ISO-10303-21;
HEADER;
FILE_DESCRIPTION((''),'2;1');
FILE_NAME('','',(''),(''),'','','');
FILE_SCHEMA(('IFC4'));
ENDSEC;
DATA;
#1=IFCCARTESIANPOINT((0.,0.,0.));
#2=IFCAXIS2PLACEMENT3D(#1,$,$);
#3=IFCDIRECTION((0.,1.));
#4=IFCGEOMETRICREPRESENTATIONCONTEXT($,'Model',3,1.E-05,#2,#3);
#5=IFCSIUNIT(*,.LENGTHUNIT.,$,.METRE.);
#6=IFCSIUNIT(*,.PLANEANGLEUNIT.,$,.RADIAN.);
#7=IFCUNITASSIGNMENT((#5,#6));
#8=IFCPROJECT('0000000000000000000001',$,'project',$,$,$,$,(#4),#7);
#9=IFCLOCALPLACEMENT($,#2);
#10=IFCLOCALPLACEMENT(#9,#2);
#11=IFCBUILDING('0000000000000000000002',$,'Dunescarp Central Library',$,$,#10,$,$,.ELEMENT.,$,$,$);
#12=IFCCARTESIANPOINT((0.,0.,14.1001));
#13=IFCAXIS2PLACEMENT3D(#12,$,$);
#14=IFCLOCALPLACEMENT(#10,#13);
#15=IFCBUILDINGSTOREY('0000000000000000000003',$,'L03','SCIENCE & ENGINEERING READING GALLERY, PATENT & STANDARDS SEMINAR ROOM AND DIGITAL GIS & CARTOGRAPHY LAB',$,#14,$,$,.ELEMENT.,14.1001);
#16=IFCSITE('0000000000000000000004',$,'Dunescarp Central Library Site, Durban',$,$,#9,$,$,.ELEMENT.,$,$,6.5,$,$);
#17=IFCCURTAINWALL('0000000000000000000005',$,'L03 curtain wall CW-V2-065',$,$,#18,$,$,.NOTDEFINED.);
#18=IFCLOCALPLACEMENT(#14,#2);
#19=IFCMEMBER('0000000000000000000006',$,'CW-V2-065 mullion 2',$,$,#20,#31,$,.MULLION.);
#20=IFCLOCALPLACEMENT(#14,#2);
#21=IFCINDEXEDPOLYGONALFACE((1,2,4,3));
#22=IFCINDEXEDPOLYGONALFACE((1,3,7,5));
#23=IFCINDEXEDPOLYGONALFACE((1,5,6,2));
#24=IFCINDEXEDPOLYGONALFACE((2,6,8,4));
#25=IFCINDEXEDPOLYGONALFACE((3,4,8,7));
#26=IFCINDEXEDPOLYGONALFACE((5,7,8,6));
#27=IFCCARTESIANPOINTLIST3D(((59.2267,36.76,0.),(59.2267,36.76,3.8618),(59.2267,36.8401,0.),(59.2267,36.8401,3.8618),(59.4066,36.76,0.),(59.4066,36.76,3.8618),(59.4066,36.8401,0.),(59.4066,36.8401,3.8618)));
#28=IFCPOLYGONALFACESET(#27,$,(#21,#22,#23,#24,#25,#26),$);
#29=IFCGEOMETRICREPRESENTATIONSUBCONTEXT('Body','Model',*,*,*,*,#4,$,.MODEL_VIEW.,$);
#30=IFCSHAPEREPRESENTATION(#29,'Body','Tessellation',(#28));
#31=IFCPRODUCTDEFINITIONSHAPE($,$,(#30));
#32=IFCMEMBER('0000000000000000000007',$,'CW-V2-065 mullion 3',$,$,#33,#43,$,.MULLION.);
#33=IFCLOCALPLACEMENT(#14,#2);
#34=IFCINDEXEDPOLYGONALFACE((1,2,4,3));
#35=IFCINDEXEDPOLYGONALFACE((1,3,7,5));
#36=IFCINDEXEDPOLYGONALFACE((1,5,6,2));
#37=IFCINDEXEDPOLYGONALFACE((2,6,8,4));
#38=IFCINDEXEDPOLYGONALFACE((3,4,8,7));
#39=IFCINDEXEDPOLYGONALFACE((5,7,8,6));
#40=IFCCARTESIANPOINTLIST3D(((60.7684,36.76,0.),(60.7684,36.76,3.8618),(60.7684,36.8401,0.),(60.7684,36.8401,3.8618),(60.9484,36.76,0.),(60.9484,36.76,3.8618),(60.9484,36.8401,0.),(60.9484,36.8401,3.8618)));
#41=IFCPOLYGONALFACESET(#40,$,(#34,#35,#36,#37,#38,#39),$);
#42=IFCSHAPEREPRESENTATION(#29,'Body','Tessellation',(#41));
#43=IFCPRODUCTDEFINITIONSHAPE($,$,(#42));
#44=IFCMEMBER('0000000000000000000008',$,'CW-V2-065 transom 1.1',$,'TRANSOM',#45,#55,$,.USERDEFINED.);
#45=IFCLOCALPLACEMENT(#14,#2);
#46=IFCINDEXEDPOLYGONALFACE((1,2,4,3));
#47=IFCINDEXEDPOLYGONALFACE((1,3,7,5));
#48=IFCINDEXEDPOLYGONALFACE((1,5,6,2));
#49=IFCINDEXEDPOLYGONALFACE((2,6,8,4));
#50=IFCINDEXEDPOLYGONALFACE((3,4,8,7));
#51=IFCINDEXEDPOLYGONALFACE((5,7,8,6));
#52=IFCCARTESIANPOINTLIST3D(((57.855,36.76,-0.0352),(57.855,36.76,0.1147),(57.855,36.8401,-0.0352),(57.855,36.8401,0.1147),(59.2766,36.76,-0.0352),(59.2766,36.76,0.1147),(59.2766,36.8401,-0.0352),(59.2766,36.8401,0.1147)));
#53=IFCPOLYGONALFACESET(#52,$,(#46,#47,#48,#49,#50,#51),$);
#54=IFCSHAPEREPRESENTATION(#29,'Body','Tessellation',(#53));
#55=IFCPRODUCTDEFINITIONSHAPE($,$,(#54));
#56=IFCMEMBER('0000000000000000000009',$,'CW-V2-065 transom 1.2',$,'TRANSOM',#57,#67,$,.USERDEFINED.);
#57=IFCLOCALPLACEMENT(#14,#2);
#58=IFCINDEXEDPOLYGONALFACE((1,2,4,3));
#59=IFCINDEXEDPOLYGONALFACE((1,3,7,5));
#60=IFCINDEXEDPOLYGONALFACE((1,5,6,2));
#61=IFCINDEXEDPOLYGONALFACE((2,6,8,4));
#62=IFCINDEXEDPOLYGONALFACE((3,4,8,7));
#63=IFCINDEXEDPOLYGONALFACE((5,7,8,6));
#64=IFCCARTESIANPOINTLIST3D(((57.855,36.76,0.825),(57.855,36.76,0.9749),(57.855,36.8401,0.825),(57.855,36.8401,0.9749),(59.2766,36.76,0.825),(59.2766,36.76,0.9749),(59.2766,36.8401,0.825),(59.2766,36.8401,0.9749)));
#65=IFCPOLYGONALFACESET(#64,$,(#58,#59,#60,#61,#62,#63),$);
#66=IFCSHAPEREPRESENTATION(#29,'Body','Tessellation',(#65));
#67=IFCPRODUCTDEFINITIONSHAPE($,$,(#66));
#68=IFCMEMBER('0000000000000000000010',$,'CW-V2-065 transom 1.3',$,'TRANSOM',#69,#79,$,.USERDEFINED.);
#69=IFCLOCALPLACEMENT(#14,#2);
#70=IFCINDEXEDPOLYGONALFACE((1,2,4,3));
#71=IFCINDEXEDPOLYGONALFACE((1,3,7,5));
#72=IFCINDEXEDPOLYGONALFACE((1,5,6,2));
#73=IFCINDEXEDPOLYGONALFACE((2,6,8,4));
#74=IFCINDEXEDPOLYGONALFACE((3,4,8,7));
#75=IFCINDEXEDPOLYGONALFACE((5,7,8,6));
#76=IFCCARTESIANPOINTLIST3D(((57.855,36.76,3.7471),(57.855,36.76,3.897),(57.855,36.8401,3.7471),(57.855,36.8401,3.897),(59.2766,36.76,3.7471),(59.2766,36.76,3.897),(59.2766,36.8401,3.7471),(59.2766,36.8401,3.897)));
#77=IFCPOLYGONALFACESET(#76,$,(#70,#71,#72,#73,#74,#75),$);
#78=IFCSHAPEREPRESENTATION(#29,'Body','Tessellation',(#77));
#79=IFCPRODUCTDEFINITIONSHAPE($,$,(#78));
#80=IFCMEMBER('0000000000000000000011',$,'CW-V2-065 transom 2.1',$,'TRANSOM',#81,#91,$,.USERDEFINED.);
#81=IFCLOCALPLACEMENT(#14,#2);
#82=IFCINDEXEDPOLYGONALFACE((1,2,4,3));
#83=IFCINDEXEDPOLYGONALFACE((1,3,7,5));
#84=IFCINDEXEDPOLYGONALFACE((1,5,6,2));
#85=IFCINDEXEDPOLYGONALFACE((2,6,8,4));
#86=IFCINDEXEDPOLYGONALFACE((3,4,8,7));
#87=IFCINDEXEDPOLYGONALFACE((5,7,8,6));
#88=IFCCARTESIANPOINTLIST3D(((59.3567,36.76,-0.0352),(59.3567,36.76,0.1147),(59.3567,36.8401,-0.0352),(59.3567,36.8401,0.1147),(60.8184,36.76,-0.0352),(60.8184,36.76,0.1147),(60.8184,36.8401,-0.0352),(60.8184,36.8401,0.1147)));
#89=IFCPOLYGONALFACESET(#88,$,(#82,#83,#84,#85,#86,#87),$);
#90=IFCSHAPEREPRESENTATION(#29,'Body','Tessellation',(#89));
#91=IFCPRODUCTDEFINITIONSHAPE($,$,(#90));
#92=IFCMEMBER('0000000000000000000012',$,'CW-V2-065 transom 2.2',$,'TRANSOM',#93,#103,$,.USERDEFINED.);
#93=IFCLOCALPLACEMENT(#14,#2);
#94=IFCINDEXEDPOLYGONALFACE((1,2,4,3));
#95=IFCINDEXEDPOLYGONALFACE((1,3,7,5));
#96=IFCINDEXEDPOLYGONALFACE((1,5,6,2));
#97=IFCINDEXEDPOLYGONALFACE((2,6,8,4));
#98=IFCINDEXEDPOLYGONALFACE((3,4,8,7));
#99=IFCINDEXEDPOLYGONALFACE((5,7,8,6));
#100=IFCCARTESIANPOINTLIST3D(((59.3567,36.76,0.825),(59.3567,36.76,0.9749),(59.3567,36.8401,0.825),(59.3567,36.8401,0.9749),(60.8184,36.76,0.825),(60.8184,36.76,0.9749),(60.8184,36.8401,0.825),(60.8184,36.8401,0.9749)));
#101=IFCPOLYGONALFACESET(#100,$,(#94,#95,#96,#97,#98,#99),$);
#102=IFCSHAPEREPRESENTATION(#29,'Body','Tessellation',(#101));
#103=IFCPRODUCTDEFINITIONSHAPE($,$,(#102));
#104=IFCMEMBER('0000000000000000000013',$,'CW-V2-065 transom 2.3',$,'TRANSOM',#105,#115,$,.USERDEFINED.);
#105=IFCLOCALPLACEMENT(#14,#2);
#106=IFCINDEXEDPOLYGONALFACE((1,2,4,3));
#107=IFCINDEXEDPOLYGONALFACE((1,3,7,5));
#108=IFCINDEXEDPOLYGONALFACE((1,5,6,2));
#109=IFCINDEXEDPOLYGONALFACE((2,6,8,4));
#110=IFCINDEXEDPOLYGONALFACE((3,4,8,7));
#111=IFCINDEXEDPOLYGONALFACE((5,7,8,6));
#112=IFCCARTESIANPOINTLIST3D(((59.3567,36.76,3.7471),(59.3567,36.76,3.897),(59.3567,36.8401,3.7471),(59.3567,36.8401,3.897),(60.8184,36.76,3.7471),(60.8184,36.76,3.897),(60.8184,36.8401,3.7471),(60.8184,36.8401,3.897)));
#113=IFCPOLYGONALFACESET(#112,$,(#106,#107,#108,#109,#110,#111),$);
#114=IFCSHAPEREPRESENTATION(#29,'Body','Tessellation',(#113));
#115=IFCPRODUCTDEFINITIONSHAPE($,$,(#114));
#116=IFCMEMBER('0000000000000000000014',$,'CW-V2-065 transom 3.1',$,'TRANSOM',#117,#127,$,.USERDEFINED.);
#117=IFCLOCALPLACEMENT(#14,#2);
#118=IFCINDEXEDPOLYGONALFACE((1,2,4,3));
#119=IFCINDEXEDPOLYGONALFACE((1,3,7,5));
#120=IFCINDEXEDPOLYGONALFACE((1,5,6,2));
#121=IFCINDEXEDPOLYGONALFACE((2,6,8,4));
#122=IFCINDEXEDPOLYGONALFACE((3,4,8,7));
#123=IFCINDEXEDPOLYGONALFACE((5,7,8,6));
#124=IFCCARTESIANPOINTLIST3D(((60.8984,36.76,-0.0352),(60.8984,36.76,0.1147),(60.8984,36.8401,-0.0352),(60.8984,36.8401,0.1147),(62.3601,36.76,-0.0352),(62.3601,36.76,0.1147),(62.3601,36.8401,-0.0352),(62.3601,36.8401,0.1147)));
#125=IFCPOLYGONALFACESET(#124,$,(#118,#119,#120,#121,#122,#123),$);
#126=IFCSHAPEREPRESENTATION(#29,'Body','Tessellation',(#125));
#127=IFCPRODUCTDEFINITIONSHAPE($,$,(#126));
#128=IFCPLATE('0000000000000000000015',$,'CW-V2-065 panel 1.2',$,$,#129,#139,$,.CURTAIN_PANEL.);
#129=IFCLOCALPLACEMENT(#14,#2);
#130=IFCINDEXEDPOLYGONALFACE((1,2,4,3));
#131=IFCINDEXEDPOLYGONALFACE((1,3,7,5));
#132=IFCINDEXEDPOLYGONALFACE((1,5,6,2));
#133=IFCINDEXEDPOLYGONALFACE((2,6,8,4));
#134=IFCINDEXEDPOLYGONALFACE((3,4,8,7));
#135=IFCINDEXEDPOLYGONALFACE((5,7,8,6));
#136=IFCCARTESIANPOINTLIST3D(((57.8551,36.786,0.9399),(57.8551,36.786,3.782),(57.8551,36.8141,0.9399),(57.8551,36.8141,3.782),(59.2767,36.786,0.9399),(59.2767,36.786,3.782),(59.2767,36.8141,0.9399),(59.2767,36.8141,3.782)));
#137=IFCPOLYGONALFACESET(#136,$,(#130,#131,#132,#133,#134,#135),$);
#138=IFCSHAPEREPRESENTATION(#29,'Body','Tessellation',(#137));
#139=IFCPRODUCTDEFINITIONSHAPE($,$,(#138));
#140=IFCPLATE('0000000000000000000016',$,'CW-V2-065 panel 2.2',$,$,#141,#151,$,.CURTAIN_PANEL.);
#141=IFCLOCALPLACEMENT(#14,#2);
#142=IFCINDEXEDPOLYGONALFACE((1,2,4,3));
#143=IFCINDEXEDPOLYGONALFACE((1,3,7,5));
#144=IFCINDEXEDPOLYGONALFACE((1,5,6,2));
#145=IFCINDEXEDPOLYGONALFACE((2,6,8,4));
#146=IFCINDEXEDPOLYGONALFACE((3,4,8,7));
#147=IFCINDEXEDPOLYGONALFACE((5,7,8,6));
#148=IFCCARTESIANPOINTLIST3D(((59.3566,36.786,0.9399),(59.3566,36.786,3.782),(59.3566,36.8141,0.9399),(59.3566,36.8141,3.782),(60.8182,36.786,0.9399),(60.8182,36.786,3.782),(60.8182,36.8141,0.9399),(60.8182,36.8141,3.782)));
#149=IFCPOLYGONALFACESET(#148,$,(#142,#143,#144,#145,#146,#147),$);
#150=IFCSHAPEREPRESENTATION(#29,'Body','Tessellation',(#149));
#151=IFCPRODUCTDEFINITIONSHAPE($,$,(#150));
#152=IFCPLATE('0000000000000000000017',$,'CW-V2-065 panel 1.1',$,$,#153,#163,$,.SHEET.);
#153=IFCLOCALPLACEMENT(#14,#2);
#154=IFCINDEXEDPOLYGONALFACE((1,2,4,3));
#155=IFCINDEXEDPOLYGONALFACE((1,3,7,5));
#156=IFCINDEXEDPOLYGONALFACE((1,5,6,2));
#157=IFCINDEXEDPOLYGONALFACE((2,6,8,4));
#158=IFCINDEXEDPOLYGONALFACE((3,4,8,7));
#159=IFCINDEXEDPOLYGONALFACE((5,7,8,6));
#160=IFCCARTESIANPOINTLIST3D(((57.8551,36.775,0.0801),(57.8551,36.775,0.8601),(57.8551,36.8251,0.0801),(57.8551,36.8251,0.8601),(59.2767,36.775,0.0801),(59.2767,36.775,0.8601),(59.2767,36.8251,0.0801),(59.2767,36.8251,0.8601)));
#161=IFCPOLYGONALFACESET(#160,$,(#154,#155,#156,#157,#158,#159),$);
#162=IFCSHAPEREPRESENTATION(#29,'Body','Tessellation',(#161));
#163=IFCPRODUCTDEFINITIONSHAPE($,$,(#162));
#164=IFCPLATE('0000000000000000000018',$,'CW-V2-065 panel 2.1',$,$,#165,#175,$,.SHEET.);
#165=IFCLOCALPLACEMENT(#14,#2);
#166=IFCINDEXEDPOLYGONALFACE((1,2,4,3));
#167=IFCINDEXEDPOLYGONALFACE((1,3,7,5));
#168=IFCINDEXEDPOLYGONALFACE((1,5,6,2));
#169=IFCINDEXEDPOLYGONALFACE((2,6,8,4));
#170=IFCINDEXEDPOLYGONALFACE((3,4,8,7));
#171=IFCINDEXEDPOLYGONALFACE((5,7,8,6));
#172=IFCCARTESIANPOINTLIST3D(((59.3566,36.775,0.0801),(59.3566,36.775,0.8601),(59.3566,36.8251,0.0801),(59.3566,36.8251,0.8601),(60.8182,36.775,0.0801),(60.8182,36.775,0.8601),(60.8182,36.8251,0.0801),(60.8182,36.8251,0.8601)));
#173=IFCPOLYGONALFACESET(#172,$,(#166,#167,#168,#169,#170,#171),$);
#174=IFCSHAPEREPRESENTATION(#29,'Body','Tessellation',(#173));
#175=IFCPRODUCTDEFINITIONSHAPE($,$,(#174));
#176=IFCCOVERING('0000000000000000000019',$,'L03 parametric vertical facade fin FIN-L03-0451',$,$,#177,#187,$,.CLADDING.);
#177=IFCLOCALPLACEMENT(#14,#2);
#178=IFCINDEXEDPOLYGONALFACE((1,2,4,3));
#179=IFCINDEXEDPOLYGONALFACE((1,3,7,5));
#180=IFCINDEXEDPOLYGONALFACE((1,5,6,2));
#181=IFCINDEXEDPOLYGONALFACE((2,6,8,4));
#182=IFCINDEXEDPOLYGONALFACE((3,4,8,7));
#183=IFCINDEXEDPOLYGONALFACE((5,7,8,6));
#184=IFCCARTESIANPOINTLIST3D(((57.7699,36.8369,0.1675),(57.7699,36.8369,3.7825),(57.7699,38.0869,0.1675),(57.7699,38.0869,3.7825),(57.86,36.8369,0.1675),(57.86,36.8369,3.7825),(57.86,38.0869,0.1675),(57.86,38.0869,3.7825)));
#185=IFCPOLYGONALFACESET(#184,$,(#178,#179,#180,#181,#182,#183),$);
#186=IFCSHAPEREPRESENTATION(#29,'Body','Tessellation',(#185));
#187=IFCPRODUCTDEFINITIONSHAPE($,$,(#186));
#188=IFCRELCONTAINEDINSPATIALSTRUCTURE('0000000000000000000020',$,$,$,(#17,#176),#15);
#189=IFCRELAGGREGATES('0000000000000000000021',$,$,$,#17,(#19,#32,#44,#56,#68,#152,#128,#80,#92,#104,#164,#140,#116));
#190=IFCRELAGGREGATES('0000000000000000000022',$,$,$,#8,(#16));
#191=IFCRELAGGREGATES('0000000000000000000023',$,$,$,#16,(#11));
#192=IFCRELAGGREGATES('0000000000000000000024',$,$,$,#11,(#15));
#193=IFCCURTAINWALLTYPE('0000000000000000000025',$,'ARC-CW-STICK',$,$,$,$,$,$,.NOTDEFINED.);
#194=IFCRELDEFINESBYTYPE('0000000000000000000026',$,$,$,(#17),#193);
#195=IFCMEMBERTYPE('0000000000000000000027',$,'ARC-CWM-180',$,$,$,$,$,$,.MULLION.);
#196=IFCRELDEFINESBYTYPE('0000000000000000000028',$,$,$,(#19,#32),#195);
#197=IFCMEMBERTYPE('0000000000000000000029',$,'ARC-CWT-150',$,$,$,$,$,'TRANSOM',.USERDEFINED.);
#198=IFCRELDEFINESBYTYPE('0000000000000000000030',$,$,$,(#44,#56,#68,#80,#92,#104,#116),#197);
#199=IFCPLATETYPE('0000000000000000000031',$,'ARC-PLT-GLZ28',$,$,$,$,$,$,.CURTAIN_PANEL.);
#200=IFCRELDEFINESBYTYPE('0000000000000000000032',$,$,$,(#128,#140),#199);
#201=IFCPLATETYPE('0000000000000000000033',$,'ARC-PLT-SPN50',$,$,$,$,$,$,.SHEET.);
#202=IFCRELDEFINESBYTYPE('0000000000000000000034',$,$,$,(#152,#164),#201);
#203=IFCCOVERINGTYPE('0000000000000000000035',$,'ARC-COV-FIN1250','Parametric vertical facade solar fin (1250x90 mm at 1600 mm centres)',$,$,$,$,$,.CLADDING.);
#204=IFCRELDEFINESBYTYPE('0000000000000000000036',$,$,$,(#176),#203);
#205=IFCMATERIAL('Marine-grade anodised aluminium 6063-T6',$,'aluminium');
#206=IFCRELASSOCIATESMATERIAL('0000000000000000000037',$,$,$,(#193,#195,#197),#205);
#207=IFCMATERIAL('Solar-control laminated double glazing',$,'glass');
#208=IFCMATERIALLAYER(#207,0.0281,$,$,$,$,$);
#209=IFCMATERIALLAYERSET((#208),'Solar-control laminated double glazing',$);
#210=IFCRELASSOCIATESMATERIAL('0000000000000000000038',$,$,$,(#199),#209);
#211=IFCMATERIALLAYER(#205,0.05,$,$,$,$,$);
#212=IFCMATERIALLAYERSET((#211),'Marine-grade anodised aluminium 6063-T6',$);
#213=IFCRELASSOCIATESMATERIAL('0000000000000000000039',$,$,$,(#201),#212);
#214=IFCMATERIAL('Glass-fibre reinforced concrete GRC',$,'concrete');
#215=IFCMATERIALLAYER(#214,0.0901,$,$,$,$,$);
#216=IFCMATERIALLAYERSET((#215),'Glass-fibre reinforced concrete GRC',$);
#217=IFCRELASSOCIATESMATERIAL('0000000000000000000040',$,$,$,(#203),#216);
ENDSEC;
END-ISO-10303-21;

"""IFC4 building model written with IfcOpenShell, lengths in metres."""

from ifc_helpers import new_model, si_unit, direction, frame, origin, origin_2d, place, context, subcontext, project, spatial, rectangle, extrude, material, layer, layer_set, material_profile, profile_set, type_object, element, aggregate, save


model = new_model("IFC4")

# Units and contexts
model_context = context("Model", 3, precision=1e-05, world=origin(), true_north=direction((0.0, 1.0)))
body_context = subcontext(model_context, "Body", "Model", "MODEL_VIEW")
ifc_project = project(units=[si_unit("LENGTHUNIT", "METRE"), si_unit("PLANEANGLEUNIT", "RADIAN")], contexts=[model_context])

# Site, building, storey
site_placement = place(None, origin())
site = spatial("IfcSite", under=ifc_project, at=site_placement, Name="Dunescarp Central Library Site, Durban", CompositionType="ELEMENT", RefElevation=6.5)
building_placement = place(site_placement, origin())
building = spatial("IfcBuilding", under=site, at=building_placement, Name="Dunescarp Central Library", CompositionType="ELEMENT")
storey_placement = place(building_placement, frame((0.0, 0.0, 14.1001)))
storey = spatial("IfcBuildingStorey", under=building, at=storey_placement, Name="L03", Description="SCIENCE & ENGINEERING READING GALLERY, PATENT & STANDARDS SEMINAR ROOM AND DIGITAL GIS & CARTOGRAPHY LAB", CompositionType="ELEMENT", Elevation=14.1001)

# Curtain wall, members, plates
ifc_material_1 = material(Name="Marine-grade anodised aluminium 6063-T6", Category="aluminium")
curtain_wall_type = type_object("IfcCurtainWallType", Name="ARC-CW-STICK", PredefinedType="NOTDEFINED", material=ifc_material_1)
curtain_wall_placement = place(storey_placement, origin())
curtain_wall = element("IfcCurtainWall", 1, at=curtain_wall_placement, inside=storey, type_object=curtain_wall_type, Name="L03 curtain wall CW-V2-065", PredefinedType="NOTDEFINED")
ifc_material_profile_1 = material_profile(ifc_material_1, rectangle(XDim=0.0801, YDim=0.1799, at=origin_2d()), Name="AL 80x180")
ifc_profile_set_1 = profile_set([ifc_material_profile_1], Name="Marine-grade anodised aluminium 6063-T6")
member_type_1 = type_object("IfcMemberType", Name="ARC-CWM-180", PredefinedType="MULLION", material=ifc_profile_set_1)
member_1_placement = place(storey_placement, frame((59.3167, 36.8, 0.0), z_axis=(0.0, 0.0, 1.0), x_axis=(0.0, 1.0, 0.0)))
member_1 = element("IfcMember", 2, at=member_1_placement, type_object=member_type_1, Name="CW-V2-065 mullion 2", PredefinedType="MULLION", context=body_context, shape_type="SweptSolid", body=[
    extrude(rectangle(XDim=0.0801, YDim=0.1799, at=origin_2d()), origin(), (0.0, 0.0, 1.0), 3.8618),
])
member_2_placement = place(storey_placement, frame((60.8584, 36.8, 0.0), z_axis=(0.0, 0.0, 1.0), x_axis=(0.0, 1.0, 0.0)))
member_2 = element("IfcMember", 3, at=member_2_placement, type_object=member_type_1, Name="CW-V2-065 mullion 3", PredefinedType="MULLION", context=body_context, shape_type="SweptSolid", body=[
    extrude(rectangle(XDim=0.0801, YDim=0.1799, at=origin_2d()), origin(), (0.0, 0.0, 1.0), 3.8618),
])
ifc_material_profile_2 = material_profile(ifc_material_1, rectangle(XDim=0.0801, YDim=0.1499, at=origin_2d()), Name="AL 80x150")
ifc_profile_set_2 = profile_set([ifc_material_profile_2], Name="Marine-grade anodised aluminium 6063-T6")
member_type_2 = type_object("IfcMemberType", Name="ARC-CWT-150", ElementType="TRANSOM", PredefinedType="USERDEFINED", material=ifc_profile_set_2)
member_3_placement = place(storey_placement, frame((57.855, 36.8, 0.0398), z_axis=(1.0, 0.0, 0.0), x_axis=(0.0, 1.0, 0.0)))
member_3 = element("IfcMember", 4, at=member_3_placement, type_object=member_type_2, Name="CW-V2-065 transom 1.1", ObjectType="TRANSOM", PredefinedType="USERDEFINED", context=body_context, shape_type="SweptSolid", body=[
    extrude(rectangle(XDim=0.0801, YDim=0.1499, at=origin_2d()), origin(), (0.0, 0.0, 1.0), 1.4216),
])
member_4_placement = place(storey_placement, frame((57.855, 36.8, 0.8999), z_axis=(1.0, 0.0, 0.0), x_axis=(0.0, 1.0, 0.0)))
member_4 = element("IfcMember", 5, at=member_4_placement, type_object=member_type_2, Name="CW-V2-065 transom 1.2", ObjectType="TRANSOM", PredefinedType="USERDEFINED", context=body_context, shape_type="SweptSolid", body=[
    extrude(rectangle(XDim=0.0801, YDim=0.1499, at=origin_2d()), origin(), (0.0, 0.0, 1.0), 1.4216),
])
member_5_placement = place(storey_placement, frame((57.855, 36.8, 3.822), z_axis=(1.0, 0.0, 0.0), x_axis=(0.0, 1.0, 0.0)))
member_5 = element("IfcMember", 6, at=member_5_placement, type_object=member_type_2, Name="CW-V2-065 transom 1.3", ObjectType="TRANSOM", PredefinedType="USERDEFINED", context=body_context, shape_type="SweptSolid", body=[
    extrude(rectangle(XDim=0.0801, YDim=0.1499, at=origin_2d()), origin(), (0.0, 0.0, 1.0), 1.4216),
])
member_6_placement = place(storey_placement, frame((59.3567, 36.8, 0.0398), z_axis=(1.0, 0.0, 0.0), x_axis=(0.0, 1.0, 0.0)))
member_6 = element("IfcMember", 7, at=member_6_placement, type_object=member_type_2, Name="CW-V2-065 transom 2.1", ObjectType="TRANSOM", PredefinedType="USERDEFINED", context=body_context, shape_type="SweptSolid", body=[
    extrude(rectangle(XDim=0.0801, YDim=0.1499, at=origin_2d()), origin(), (0.0, 0.0, 1.0), 1.4617),
])
member_7_placement = place(storey_placement, frame((59.3567, 36.8, 0.8999), z_axis=(1.0, 0.0, 0.0), x_axis=(0.0, 1.0, 0.0)))
member_7 = element("IfcMember", 8, at=member_7_placement, type_object=member_type_2, Name="CW-V2-065 transom 2.2", ObjectType="TRANSOM", PredefinedType="USERDEFINED", context=body_context, shape_type="SweptSolid", body=[
    extrude(rectangle(XDim=0.0801, YDim=0.1499, at=origin_2d()), origin(), (0.0, 0.0, 1.0), 1.4617),
])
member_8_placement = place(storey_placement, frame((59.3567, 36.8, 3.822), z_axis=(1.0, 0.0, 0.0), x_axis=(0.0, 1.0, 0.0)))
member_8 = element("IfcMember", 9, at=member_8_placement, type_object=member_type_2, Name="CW-V2-065 transom 2.3", ObjectType="TRANSOM", PredefinedType="USERDEFINED", context=body_context, shape_type="SweptSolid", body=[
    extrude(rectangle(XDim=0.0801, YDim=0.1499, at=origin_2d()), origin(), (0.0, 0.0, 1.0), 1.4617),
])
member_9_placement = place(storey_placement, frame((60.8984, 36.8, 0.0398), z_axis=(1.0, 0.0, 0.0), x_axis=(0.0, 1.0, 0.0)))
member_9 = element("IfcMember", 10, at=member_9_placement, type_object=member_type_2, Name="CW-V2-065 transom 3.1", ObjectType="TRANSOM", PredefinedType="USERDEFINED", context=body_context, shape_type="SweptSolid", body=[
    extrude(rectangle(XDim=0.0801, YDim=0.1499, at=origin_2d()), origin(), (0.0, 0.0, 1.0), 1.4617),
])
ifc_material_2 = material(Name="Solar-control laminated double glazing", Category="glass")
ifc_layer_1 = layer(ifc_material_2, 0.0281)
ifc_layer_set_1 = layer_set([ifc_layer_1], Name="Solar-control laminated double glazing")
plate_type_1 = type_object("IfcPlateType", Name="ARC-PLT-GLZ28", PredefinedType="CURTAIN_PANEL", material=ifc_layer_set_1)
plate_1_placement = place(storey_placement, frame((58.5659, 36.8, 0.9399), z_axis=(0.0, 0.0, 1.0), x_axis=(1.0, 0.0, 0.0)))
plate_1 = element("IfcPlate", 11, at=plate_1_placement, type_object=plate_type_1, Name="CW-V2-065 panel 1.2", PredefinedType="CURTAIN_PANEL", context=body_context, shape_type="SweptSolid", body=[
    extrude(rectangle(XDim=1.4216, YDim=0.0281, at=origin_2d()), origin(), (0.0, 0.0, 1.0), 2.842),
])
plate_2_placement = place(storey_placement, frame((60.0874, 36.8, 0.9399), z_axis=(0.0, 0.0, 1.0), x_axis=(1.0, 0.0, 0.0)))
plate_2 = element("IfcPlate", 12, at=plate_2_placement, type_object=plate_type_1, Name="CW-V2-065 panel 2.2", PredefinedType="CURTAIN_PANEL", context=body_context, shape_type="SweptSolid", body=[
    extrude(rectangle(XDim=1.4617, YDim=0.0281, at=origin_2d()), origin(), (0.0, 0.0, 1.0), 2.842),
])
ifc_layer_2 = layer(ifc_material_1, 0.05)
ifc_layer_set_2 = layer_set([ifc_layer_2], Name="Marine-grade anodised aluminium 6063-T6")
plate_type_2 = type_object("IfcPlateType", Name="ARC-PLT-SPN50", PredefinedType="SHEET", material=ifc_layer_set_2)
plate_3_placement = place(storey_placement, frame((58.5659, 36.8, 0.0801), z_axis=(0.0, 0.0, 1.0), x_axis=(1.0, 0.0, 0.0)))
plate_3 = element("IfcPlate", 13, at=plate_3_placement, type_object=plate_type_2, Name="CW-V2-065 panel 1.1", PredefinedType="SHEET", context=body_context, shape_type="SweptSolid", body=[
    extrude(rectangle(XDim=1.4216, YDim=0.05, at=origin_2d()), origin(), (0.0, 0.0, 1.0), 0.78),
])
plate_4_placement = place(storey_placement, frame((60.0874, 36.8, 0.0801), z_axis=(0.0, 0.0, 1.0), x_axis=(1.0, 0.0, 0.0)))
plate_4 = element("IfcPlate", 14, at=plate_4_placement, type_object=plate_type_2, Name="CW-V2-065 panel 2.1", PredefinedType="SHEET", context=body_context, shape_type="SweptSolid", body=[
    extrude(rectangle(XDim=1.4617, YDim=0.05, at=origin_2d()), origin(), (0.0, 0.0, 1.0), 0.78),
])
aggregate(curtain_wall, [member_1, member_2, member_3, member_4, member_5, plate_3, plate_1, member_6, member_7, member_8, plate_4, plate_2, member_9])

# Covering
ifc_material_3 = material(Name="Glass-fibre reinforced concrete GRC", Category="concrete")
ifc_layer_3 = layer(ifc_material_3, 0.0901)
ifc_layer_set_3 = layer_set([ifc_layer_3], Name="Glass-fibre reinforced concrete GRC")
covering_type = type_object("IfcCoveringType", Name="ARC-COV-FIN1250", Description="Parametric vertical facade solar fin (1250x90 mm at 1600 mm centres)", PredefinedType="CLADDING", material=ifc_layer_set_3)
covering_1_placement = place(storey_placement, frame((57.8149, 37.4619, 0.1675), z_axis=(0.0, 0.0, 1.0), x_axis=(0.0, 1.0, 0.0)))
element("IfcCovering", 15, at=covering_1_placement, inside=storey, type_object=covering_type, Name="L03 parametric vertical facade fin FIN-L03-0451", PredefinedType="CLADDING", context=body_context, shape_type="SweptSolid", body=[
    extrude(rectangle(XDim=1.25, YDim=0.0901, at=origin_2d()), origin(), (0.0, 0.0, 1.0), 3.615),
])

save(model, "model.ifc")
